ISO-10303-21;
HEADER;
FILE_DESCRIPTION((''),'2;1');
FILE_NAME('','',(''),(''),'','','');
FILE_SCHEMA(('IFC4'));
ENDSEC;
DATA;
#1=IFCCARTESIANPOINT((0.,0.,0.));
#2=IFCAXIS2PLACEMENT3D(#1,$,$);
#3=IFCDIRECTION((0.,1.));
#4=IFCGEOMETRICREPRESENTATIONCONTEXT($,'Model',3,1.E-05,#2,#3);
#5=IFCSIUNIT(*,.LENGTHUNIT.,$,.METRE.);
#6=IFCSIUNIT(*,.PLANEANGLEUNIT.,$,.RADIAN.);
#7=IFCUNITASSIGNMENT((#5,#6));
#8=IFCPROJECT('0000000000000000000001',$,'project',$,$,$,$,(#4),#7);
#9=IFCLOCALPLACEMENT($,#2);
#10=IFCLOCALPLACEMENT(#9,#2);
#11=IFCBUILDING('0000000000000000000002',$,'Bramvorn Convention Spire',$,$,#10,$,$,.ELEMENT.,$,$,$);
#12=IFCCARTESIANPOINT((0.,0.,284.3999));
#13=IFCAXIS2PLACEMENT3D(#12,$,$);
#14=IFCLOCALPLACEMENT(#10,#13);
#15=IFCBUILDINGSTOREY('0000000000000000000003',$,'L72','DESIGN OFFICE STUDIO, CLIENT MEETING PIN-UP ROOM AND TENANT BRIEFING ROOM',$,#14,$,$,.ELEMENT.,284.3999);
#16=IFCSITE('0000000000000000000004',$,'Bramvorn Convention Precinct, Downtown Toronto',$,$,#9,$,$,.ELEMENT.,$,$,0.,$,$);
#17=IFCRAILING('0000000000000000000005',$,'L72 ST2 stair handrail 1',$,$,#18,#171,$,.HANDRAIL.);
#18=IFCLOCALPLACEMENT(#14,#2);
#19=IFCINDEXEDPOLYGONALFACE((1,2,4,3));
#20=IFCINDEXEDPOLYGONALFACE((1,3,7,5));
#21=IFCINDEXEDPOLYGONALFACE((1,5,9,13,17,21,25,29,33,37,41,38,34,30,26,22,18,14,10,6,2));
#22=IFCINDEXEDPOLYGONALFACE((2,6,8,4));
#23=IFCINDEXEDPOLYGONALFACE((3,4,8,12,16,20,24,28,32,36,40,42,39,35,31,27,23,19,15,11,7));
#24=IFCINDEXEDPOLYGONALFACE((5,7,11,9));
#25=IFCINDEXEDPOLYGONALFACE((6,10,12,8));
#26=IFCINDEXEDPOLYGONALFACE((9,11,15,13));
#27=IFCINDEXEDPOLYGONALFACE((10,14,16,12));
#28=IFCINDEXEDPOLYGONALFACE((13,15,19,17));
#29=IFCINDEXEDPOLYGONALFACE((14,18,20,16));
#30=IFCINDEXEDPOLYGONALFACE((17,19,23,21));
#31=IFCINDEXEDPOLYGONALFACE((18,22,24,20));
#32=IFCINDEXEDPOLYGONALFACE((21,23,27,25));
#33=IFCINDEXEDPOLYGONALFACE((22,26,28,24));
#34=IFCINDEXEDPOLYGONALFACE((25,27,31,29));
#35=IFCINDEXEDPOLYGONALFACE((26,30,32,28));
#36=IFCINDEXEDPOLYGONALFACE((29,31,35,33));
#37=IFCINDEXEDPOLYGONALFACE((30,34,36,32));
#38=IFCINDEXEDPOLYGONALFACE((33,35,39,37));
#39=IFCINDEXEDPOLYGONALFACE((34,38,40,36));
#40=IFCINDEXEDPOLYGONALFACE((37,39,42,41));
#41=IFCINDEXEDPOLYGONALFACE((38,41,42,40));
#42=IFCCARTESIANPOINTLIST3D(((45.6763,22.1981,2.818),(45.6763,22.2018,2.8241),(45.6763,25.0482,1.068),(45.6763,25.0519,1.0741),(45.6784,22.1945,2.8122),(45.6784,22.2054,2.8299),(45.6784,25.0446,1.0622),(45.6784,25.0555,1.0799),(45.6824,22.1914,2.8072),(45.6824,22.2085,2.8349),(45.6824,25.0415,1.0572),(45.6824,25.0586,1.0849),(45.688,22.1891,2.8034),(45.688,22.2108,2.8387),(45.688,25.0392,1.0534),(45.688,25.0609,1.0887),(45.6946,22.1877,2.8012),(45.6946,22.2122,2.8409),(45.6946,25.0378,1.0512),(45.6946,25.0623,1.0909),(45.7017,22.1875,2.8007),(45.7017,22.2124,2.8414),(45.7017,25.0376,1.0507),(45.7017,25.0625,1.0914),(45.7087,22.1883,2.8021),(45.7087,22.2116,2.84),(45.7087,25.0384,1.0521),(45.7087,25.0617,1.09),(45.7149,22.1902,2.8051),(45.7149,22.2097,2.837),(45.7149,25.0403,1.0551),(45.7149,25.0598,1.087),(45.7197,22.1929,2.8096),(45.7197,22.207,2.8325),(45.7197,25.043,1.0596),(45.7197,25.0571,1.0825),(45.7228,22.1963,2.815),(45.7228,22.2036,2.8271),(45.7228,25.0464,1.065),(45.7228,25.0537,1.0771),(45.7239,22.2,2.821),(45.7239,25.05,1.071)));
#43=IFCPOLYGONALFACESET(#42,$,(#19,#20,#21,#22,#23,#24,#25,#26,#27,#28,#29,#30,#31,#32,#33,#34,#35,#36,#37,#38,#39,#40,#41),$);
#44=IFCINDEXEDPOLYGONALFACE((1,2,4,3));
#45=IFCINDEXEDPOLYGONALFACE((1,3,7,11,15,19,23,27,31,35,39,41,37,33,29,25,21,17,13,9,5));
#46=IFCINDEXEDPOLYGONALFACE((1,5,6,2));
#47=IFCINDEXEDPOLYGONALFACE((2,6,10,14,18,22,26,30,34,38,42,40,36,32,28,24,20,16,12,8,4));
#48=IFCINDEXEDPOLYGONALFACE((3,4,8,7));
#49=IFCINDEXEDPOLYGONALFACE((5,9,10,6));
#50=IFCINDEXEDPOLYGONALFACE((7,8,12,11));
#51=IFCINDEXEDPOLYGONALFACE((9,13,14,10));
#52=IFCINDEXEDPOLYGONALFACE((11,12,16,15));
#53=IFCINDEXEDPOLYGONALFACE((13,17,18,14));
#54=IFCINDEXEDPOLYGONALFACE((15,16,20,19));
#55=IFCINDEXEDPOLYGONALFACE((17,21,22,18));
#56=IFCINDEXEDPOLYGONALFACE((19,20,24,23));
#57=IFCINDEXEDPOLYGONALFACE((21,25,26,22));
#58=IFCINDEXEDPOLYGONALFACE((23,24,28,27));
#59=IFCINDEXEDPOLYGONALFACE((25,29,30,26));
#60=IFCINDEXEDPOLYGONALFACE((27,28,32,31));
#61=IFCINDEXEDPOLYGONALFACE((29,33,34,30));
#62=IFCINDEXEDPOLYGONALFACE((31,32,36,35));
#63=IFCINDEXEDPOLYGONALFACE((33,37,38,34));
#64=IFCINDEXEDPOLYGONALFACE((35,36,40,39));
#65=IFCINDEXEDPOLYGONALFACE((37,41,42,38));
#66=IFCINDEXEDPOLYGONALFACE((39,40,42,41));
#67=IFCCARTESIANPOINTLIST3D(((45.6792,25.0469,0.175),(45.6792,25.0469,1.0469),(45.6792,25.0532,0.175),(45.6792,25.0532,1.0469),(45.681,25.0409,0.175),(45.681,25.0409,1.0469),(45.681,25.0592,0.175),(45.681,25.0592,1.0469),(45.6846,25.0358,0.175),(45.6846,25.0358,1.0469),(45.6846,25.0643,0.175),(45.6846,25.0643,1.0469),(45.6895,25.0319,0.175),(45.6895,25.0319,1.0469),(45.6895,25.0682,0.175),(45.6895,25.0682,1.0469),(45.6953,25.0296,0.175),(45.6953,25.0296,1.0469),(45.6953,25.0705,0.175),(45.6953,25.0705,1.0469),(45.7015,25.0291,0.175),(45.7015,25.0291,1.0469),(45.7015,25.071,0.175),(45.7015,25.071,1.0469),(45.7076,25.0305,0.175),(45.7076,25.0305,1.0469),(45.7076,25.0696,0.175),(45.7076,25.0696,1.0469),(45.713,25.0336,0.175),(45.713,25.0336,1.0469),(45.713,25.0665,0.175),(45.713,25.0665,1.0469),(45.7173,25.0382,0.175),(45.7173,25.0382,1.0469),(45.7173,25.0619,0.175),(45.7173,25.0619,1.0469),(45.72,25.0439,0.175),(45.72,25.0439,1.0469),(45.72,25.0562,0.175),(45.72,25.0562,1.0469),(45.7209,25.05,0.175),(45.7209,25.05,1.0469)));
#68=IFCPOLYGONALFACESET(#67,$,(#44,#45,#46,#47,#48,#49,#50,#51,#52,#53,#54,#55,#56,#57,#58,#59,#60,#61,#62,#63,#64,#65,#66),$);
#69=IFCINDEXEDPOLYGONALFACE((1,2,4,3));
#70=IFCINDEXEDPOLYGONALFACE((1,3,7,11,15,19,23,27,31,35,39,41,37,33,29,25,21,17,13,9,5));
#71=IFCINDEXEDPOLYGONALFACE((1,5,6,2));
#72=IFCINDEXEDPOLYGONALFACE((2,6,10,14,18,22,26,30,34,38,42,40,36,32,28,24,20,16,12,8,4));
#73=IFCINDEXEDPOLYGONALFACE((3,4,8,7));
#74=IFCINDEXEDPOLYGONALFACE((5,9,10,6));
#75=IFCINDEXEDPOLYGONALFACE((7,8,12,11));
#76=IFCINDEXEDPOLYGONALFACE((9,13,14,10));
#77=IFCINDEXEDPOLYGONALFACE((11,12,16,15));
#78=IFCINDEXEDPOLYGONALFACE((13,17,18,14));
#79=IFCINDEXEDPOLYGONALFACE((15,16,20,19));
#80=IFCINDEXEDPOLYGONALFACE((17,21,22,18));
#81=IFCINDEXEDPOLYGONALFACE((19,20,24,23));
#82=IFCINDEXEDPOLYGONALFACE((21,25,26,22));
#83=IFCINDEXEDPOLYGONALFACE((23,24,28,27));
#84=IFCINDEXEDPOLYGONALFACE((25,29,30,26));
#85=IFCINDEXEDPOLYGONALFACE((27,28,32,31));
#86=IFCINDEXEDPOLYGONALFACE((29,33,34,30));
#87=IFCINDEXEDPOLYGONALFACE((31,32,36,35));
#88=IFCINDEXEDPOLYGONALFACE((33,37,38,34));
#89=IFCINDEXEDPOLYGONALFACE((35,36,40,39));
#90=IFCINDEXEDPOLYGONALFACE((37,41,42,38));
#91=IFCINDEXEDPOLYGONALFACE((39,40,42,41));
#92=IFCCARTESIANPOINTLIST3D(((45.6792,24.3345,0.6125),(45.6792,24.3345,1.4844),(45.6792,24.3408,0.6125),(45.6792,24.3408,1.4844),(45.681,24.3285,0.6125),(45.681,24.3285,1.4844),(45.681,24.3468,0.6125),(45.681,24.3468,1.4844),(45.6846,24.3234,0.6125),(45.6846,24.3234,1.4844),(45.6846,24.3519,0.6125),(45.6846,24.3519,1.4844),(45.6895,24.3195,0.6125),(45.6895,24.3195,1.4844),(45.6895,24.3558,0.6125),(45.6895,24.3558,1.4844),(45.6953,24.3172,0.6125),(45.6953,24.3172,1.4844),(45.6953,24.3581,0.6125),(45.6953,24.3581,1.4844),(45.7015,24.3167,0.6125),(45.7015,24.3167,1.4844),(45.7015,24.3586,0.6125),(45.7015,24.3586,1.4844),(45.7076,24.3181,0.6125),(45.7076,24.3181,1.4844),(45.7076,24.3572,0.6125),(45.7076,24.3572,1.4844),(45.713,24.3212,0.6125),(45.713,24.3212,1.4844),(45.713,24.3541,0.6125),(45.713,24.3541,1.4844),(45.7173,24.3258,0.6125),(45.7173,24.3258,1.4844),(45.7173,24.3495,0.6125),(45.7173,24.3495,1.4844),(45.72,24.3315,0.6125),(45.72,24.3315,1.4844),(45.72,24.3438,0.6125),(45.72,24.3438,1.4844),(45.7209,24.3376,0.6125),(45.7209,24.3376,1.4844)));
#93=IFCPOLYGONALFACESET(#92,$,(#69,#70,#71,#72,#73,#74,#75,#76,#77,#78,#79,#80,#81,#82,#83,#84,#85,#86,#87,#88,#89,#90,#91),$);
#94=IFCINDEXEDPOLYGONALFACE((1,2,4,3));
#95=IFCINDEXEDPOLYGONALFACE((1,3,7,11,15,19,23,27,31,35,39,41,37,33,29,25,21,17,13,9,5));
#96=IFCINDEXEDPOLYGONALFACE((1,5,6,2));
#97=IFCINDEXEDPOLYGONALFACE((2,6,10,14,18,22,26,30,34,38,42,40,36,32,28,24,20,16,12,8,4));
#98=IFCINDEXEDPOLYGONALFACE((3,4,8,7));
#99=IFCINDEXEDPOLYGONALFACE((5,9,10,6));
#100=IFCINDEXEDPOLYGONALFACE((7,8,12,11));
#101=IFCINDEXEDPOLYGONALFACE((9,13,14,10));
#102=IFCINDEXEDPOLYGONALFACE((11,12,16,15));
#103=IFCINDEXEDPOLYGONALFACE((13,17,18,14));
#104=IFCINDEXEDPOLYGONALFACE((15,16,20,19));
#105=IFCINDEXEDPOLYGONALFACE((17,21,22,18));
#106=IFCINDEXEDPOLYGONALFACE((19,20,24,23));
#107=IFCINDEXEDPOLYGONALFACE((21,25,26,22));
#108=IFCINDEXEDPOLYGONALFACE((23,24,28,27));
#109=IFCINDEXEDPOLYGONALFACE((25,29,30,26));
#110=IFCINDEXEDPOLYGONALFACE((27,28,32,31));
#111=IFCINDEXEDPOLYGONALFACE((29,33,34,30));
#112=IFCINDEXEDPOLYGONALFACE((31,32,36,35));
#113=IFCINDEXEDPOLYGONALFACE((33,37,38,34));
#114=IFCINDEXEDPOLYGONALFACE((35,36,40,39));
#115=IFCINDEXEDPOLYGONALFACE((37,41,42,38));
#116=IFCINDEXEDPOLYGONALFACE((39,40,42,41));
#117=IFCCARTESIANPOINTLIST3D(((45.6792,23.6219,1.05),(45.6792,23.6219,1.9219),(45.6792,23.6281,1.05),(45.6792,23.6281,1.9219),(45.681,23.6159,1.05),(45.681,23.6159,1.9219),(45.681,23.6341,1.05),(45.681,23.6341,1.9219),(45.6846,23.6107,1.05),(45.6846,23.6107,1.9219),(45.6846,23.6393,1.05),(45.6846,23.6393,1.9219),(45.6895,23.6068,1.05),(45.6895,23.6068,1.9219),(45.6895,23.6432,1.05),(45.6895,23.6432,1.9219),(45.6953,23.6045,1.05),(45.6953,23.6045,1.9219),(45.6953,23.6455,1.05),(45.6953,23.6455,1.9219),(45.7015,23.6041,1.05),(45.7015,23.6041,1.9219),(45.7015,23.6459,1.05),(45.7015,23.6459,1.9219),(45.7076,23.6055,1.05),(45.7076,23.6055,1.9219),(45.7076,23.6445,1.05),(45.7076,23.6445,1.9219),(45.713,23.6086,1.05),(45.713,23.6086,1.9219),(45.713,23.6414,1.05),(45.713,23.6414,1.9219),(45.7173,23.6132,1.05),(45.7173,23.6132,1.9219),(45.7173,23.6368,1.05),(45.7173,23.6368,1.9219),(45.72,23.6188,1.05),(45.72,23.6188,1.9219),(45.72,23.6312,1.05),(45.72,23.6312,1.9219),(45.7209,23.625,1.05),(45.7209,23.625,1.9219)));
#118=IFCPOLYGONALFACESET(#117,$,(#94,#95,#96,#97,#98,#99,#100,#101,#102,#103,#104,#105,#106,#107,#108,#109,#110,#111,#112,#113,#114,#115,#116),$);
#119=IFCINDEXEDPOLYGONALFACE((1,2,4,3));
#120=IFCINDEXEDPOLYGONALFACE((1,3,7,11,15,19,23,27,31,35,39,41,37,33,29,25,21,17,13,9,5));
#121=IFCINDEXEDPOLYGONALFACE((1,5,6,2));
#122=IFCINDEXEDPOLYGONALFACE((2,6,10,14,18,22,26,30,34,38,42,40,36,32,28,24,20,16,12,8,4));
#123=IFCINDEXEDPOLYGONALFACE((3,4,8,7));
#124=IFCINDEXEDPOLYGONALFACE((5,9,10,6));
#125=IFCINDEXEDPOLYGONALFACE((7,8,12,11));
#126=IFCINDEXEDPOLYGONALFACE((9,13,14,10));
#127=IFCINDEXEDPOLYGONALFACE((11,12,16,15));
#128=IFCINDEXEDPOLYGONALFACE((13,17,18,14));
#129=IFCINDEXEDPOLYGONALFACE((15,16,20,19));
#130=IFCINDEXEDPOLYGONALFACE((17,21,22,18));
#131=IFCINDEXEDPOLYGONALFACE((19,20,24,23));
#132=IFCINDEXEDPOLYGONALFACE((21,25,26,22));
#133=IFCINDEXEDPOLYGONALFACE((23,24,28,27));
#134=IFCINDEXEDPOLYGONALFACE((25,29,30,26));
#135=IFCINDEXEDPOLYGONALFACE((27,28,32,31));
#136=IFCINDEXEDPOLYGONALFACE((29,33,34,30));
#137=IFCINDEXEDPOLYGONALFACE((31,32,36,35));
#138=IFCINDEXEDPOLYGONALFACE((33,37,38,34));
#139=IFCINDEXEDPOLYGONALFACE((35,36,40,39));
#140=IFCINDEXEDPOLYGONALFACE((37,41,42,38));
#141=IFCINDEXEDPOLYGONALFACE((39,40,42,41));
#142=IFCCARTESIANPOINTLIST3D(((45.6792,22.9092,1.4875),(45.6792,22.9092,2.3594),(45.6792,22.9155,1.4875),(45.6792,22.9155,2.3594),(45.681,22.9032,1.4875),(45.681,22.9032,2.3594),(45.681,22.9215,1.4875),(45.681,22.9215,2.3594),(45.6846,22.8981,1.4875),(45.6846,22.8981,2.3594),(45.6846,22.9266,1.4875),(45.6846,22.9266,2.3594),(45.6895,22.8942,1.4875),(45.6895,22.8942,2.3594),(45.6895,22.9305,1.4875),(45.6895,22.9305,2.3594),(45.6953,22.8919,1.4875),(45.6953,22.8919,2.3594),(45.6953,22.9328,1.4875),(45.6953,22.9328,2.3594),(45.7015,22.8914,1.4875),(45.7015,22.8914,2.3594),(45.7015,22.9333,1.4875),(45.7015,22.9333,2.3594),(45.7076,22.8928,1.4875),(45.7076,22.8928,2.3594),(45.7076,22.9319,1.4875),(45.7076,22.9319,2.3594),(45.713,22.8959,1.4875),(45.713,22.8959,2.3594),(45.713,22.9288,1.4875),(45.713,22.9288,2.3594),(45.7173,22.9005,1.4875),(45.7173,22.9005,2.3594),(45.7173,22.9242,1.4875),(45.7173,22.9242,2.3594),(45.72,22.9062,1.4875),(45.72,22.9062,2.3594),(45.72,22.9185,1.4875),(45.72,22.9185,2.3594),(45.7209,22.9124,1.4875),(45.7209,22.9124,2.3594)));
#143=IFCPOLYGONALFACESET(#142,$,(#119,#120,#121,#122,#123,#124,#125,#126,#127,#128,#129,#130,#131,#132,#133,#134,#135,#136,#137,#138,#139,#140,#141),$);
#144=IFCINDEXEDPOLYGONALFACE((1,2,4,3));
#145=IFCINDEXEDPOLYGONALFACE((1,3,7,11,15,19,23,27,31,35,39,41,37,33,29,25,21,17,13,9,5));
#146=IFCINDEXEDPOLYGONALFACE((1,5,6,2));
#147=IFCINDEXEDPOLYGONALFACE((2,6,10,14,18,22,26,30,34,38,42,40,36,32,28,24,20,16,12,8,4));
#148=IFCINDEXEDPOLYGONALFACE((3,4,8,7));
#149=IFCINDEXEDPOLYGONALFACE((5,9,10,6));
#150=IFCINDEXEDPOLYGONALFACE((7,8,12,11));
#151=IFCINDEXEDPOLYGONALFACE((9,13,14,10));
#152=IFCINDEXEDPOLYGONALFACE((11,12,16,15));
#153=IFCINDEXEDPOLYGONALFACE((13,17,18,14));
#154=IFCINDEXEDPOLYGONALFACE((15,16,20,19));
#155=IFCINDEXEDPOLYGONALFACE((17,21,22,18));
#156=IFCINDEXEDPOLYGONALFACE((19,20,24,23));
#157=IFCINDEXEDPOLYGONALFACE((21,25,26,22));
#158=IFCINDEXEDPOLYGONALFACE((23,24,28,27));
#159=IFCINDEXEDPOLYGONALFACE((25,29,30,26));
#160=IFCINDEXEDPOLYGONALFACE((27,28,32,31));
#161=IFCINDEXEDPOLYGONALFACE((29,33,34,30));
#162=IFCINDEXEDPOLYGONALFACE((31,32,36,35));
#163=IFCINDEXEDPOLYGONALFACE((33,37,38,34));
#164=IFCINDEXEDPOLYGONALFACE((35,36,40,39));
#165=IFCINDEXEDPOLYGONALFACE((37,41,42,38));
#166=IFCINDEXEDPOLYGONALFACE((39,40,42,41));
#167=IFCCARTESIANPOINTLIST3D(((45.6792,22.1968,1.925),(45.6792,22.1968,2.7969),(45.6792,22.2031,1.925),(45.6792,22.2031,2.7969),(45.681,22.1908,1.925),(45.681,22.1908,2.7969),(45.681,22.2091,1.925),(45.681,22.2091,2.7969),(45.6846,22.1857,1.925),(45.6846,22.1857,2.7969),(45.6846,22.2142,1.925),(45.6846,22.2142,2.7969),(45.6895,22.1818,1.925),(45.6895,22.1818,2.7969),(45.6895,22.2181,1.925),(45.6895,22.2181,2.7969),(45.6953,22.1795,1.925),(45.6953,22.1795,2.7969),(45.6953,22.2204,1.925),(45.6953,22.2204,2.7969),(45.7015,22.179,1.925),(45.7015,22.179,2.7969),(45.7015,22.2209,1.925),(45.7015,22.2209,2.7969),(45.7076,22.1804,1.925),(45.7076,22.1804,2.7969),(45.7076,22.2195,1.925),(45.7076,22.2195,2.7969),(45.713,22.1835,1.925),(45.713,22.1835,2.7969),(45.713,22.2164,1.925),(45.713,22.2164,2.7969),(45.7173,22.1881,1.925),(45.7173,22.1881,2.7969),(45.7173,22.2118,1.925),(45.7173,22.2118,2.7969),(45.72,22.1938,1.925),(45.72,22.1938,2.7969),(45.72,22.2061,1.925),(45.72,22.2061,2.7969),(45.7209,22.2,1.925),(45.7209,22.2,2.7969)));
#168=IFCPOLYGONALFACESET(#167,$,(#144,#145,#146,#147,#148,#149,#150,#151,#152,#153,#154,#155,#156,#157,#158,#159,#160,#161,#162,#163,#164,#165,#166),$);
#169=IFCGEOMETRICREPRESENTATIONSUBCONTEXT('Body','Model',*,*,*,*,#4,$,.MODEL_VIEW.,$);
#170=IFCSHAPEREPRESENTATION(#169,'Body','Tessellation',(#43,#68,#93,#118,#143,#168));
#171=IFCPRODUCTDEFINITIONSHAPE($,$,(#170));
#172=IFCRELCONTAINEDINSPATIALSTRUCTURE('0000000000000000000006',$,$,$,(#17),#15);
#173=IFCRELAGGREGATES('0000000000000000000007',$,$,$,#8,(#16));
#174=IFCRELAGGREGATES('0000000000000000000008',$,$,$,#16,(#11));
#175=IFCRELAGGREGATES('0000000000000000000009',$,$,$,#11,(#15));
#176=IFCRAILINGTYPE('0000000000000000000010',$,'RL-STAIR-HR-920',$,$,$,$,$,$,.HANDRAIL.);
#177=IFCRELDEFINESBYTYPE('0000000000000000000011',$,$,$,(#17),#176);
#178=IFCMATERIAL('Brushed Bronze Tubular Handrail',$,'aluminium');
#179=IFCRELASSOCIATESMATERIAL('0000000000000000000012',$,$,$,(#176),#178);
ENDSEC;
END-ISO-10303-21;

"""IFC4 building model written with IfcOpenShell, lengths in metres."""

from ifc_helpers import new_model, si_unit, direction, frame, origin, origin_2d, place, context, subcontext, project, spatial, circle, extrude, material, type_object, element, save


model = new_model("IFC4")

# Units and contexts
model_context = context("Model", 3, precision=1e-05, world=origin(), true_north=direction((0.0, 1.0)))
body_context = subcontext(model_context, "Body", "Model", "MODEL_VIEW")
ifc_project = project(units=[si_unit("LENGTHUNIT", "METRE"), si_unit("PLANEANGLEUNIT", "RADIAN")], contexts=[model_context])

# Site, building, storey
site_placement = place(None, origin())
site = spatial("IfcSite", under=ifc_project, at=site_placement, Name="Bramvorn Convention Precinct, Downtown Toronto", CompositionType="ELEMENT", RefElevation=0.0)
building_placement = place(site_placement, origin())
building = spatial("IfcBuilding", under=site, at=building_placement, Name="Bramvorn Convention Spire", CompositionType="ELEMENT")
storey_placement = place(building_placement, frame((0.0, 0.0, 284.3999)))
storey = spatial("IfcBuildingStorey", under=building, at=storey_placement, Name="L72", Description="DESIGN OFFICE STUDIO, CLIENT MEETING PIN-UP ROOM AND TENANT BRIEFING ROOM", CompositionType="ELEMENT", Elevation=284.3999)

# Railing
ifc_material_1 = material(Name="Brushed Bronze Tubular Handrail", Category="aluminium")
railing_type_1 = type_object("IfcRailingType", Name="RL-STAIR-HR-920", PredefinedType="HANDRAIL", material=ifc_material_1)
railing_1_placement = place(storey_placement, frame((45.7, 25.05, 0.175)))
element("IfcRailing", 1, at=railing_1_placement, inside=storey, type_object=railing_type_1, Name="L72 ST2 stair handrail 1", PredefinedType="HANDRAIL", context=body_context, shape_type="SweptSolid", body=[
    extrude(circle(Radius=0.0239, at=origin_2d()), frame((0.0, 0.0, 0.896), z_axis=(0.0, -0.852179, 0.52325), x_axis=(1.0, 0.0, 0.0)), (0.0, 0.0, 1.0), 3.3445),
    extrude(circle(Radius=0.021, at=origin_2d()), origin(), (0.0, 0.0, 1.0), 0.8718),
    extrude(circle(Radius=0.021, at=origin_2d()), frame((0.0, -0.7124, 0.4375)), (0.0, 0.0, 1.0), 0.8718),
    extrude(circle(Radius=0.021, at=origin_2d()), frame((0.0, -1.425, 0.875)), (0.0, 0.0, 1.0), 0.8718),
    extrude(circle(Radius=0.021, at=origin_2d()), frame((0.0, -2.1377, 1.3125)), (0.0, 0.0, 1.0), 0.8718),
    extrude(circle(Radius=0.021, at=origin_2d()), frame((0.0, -2.8501, 1.75)), (0.0, 0.0, 1.0), 0.8718),
])

save(model, "model.ifc")
